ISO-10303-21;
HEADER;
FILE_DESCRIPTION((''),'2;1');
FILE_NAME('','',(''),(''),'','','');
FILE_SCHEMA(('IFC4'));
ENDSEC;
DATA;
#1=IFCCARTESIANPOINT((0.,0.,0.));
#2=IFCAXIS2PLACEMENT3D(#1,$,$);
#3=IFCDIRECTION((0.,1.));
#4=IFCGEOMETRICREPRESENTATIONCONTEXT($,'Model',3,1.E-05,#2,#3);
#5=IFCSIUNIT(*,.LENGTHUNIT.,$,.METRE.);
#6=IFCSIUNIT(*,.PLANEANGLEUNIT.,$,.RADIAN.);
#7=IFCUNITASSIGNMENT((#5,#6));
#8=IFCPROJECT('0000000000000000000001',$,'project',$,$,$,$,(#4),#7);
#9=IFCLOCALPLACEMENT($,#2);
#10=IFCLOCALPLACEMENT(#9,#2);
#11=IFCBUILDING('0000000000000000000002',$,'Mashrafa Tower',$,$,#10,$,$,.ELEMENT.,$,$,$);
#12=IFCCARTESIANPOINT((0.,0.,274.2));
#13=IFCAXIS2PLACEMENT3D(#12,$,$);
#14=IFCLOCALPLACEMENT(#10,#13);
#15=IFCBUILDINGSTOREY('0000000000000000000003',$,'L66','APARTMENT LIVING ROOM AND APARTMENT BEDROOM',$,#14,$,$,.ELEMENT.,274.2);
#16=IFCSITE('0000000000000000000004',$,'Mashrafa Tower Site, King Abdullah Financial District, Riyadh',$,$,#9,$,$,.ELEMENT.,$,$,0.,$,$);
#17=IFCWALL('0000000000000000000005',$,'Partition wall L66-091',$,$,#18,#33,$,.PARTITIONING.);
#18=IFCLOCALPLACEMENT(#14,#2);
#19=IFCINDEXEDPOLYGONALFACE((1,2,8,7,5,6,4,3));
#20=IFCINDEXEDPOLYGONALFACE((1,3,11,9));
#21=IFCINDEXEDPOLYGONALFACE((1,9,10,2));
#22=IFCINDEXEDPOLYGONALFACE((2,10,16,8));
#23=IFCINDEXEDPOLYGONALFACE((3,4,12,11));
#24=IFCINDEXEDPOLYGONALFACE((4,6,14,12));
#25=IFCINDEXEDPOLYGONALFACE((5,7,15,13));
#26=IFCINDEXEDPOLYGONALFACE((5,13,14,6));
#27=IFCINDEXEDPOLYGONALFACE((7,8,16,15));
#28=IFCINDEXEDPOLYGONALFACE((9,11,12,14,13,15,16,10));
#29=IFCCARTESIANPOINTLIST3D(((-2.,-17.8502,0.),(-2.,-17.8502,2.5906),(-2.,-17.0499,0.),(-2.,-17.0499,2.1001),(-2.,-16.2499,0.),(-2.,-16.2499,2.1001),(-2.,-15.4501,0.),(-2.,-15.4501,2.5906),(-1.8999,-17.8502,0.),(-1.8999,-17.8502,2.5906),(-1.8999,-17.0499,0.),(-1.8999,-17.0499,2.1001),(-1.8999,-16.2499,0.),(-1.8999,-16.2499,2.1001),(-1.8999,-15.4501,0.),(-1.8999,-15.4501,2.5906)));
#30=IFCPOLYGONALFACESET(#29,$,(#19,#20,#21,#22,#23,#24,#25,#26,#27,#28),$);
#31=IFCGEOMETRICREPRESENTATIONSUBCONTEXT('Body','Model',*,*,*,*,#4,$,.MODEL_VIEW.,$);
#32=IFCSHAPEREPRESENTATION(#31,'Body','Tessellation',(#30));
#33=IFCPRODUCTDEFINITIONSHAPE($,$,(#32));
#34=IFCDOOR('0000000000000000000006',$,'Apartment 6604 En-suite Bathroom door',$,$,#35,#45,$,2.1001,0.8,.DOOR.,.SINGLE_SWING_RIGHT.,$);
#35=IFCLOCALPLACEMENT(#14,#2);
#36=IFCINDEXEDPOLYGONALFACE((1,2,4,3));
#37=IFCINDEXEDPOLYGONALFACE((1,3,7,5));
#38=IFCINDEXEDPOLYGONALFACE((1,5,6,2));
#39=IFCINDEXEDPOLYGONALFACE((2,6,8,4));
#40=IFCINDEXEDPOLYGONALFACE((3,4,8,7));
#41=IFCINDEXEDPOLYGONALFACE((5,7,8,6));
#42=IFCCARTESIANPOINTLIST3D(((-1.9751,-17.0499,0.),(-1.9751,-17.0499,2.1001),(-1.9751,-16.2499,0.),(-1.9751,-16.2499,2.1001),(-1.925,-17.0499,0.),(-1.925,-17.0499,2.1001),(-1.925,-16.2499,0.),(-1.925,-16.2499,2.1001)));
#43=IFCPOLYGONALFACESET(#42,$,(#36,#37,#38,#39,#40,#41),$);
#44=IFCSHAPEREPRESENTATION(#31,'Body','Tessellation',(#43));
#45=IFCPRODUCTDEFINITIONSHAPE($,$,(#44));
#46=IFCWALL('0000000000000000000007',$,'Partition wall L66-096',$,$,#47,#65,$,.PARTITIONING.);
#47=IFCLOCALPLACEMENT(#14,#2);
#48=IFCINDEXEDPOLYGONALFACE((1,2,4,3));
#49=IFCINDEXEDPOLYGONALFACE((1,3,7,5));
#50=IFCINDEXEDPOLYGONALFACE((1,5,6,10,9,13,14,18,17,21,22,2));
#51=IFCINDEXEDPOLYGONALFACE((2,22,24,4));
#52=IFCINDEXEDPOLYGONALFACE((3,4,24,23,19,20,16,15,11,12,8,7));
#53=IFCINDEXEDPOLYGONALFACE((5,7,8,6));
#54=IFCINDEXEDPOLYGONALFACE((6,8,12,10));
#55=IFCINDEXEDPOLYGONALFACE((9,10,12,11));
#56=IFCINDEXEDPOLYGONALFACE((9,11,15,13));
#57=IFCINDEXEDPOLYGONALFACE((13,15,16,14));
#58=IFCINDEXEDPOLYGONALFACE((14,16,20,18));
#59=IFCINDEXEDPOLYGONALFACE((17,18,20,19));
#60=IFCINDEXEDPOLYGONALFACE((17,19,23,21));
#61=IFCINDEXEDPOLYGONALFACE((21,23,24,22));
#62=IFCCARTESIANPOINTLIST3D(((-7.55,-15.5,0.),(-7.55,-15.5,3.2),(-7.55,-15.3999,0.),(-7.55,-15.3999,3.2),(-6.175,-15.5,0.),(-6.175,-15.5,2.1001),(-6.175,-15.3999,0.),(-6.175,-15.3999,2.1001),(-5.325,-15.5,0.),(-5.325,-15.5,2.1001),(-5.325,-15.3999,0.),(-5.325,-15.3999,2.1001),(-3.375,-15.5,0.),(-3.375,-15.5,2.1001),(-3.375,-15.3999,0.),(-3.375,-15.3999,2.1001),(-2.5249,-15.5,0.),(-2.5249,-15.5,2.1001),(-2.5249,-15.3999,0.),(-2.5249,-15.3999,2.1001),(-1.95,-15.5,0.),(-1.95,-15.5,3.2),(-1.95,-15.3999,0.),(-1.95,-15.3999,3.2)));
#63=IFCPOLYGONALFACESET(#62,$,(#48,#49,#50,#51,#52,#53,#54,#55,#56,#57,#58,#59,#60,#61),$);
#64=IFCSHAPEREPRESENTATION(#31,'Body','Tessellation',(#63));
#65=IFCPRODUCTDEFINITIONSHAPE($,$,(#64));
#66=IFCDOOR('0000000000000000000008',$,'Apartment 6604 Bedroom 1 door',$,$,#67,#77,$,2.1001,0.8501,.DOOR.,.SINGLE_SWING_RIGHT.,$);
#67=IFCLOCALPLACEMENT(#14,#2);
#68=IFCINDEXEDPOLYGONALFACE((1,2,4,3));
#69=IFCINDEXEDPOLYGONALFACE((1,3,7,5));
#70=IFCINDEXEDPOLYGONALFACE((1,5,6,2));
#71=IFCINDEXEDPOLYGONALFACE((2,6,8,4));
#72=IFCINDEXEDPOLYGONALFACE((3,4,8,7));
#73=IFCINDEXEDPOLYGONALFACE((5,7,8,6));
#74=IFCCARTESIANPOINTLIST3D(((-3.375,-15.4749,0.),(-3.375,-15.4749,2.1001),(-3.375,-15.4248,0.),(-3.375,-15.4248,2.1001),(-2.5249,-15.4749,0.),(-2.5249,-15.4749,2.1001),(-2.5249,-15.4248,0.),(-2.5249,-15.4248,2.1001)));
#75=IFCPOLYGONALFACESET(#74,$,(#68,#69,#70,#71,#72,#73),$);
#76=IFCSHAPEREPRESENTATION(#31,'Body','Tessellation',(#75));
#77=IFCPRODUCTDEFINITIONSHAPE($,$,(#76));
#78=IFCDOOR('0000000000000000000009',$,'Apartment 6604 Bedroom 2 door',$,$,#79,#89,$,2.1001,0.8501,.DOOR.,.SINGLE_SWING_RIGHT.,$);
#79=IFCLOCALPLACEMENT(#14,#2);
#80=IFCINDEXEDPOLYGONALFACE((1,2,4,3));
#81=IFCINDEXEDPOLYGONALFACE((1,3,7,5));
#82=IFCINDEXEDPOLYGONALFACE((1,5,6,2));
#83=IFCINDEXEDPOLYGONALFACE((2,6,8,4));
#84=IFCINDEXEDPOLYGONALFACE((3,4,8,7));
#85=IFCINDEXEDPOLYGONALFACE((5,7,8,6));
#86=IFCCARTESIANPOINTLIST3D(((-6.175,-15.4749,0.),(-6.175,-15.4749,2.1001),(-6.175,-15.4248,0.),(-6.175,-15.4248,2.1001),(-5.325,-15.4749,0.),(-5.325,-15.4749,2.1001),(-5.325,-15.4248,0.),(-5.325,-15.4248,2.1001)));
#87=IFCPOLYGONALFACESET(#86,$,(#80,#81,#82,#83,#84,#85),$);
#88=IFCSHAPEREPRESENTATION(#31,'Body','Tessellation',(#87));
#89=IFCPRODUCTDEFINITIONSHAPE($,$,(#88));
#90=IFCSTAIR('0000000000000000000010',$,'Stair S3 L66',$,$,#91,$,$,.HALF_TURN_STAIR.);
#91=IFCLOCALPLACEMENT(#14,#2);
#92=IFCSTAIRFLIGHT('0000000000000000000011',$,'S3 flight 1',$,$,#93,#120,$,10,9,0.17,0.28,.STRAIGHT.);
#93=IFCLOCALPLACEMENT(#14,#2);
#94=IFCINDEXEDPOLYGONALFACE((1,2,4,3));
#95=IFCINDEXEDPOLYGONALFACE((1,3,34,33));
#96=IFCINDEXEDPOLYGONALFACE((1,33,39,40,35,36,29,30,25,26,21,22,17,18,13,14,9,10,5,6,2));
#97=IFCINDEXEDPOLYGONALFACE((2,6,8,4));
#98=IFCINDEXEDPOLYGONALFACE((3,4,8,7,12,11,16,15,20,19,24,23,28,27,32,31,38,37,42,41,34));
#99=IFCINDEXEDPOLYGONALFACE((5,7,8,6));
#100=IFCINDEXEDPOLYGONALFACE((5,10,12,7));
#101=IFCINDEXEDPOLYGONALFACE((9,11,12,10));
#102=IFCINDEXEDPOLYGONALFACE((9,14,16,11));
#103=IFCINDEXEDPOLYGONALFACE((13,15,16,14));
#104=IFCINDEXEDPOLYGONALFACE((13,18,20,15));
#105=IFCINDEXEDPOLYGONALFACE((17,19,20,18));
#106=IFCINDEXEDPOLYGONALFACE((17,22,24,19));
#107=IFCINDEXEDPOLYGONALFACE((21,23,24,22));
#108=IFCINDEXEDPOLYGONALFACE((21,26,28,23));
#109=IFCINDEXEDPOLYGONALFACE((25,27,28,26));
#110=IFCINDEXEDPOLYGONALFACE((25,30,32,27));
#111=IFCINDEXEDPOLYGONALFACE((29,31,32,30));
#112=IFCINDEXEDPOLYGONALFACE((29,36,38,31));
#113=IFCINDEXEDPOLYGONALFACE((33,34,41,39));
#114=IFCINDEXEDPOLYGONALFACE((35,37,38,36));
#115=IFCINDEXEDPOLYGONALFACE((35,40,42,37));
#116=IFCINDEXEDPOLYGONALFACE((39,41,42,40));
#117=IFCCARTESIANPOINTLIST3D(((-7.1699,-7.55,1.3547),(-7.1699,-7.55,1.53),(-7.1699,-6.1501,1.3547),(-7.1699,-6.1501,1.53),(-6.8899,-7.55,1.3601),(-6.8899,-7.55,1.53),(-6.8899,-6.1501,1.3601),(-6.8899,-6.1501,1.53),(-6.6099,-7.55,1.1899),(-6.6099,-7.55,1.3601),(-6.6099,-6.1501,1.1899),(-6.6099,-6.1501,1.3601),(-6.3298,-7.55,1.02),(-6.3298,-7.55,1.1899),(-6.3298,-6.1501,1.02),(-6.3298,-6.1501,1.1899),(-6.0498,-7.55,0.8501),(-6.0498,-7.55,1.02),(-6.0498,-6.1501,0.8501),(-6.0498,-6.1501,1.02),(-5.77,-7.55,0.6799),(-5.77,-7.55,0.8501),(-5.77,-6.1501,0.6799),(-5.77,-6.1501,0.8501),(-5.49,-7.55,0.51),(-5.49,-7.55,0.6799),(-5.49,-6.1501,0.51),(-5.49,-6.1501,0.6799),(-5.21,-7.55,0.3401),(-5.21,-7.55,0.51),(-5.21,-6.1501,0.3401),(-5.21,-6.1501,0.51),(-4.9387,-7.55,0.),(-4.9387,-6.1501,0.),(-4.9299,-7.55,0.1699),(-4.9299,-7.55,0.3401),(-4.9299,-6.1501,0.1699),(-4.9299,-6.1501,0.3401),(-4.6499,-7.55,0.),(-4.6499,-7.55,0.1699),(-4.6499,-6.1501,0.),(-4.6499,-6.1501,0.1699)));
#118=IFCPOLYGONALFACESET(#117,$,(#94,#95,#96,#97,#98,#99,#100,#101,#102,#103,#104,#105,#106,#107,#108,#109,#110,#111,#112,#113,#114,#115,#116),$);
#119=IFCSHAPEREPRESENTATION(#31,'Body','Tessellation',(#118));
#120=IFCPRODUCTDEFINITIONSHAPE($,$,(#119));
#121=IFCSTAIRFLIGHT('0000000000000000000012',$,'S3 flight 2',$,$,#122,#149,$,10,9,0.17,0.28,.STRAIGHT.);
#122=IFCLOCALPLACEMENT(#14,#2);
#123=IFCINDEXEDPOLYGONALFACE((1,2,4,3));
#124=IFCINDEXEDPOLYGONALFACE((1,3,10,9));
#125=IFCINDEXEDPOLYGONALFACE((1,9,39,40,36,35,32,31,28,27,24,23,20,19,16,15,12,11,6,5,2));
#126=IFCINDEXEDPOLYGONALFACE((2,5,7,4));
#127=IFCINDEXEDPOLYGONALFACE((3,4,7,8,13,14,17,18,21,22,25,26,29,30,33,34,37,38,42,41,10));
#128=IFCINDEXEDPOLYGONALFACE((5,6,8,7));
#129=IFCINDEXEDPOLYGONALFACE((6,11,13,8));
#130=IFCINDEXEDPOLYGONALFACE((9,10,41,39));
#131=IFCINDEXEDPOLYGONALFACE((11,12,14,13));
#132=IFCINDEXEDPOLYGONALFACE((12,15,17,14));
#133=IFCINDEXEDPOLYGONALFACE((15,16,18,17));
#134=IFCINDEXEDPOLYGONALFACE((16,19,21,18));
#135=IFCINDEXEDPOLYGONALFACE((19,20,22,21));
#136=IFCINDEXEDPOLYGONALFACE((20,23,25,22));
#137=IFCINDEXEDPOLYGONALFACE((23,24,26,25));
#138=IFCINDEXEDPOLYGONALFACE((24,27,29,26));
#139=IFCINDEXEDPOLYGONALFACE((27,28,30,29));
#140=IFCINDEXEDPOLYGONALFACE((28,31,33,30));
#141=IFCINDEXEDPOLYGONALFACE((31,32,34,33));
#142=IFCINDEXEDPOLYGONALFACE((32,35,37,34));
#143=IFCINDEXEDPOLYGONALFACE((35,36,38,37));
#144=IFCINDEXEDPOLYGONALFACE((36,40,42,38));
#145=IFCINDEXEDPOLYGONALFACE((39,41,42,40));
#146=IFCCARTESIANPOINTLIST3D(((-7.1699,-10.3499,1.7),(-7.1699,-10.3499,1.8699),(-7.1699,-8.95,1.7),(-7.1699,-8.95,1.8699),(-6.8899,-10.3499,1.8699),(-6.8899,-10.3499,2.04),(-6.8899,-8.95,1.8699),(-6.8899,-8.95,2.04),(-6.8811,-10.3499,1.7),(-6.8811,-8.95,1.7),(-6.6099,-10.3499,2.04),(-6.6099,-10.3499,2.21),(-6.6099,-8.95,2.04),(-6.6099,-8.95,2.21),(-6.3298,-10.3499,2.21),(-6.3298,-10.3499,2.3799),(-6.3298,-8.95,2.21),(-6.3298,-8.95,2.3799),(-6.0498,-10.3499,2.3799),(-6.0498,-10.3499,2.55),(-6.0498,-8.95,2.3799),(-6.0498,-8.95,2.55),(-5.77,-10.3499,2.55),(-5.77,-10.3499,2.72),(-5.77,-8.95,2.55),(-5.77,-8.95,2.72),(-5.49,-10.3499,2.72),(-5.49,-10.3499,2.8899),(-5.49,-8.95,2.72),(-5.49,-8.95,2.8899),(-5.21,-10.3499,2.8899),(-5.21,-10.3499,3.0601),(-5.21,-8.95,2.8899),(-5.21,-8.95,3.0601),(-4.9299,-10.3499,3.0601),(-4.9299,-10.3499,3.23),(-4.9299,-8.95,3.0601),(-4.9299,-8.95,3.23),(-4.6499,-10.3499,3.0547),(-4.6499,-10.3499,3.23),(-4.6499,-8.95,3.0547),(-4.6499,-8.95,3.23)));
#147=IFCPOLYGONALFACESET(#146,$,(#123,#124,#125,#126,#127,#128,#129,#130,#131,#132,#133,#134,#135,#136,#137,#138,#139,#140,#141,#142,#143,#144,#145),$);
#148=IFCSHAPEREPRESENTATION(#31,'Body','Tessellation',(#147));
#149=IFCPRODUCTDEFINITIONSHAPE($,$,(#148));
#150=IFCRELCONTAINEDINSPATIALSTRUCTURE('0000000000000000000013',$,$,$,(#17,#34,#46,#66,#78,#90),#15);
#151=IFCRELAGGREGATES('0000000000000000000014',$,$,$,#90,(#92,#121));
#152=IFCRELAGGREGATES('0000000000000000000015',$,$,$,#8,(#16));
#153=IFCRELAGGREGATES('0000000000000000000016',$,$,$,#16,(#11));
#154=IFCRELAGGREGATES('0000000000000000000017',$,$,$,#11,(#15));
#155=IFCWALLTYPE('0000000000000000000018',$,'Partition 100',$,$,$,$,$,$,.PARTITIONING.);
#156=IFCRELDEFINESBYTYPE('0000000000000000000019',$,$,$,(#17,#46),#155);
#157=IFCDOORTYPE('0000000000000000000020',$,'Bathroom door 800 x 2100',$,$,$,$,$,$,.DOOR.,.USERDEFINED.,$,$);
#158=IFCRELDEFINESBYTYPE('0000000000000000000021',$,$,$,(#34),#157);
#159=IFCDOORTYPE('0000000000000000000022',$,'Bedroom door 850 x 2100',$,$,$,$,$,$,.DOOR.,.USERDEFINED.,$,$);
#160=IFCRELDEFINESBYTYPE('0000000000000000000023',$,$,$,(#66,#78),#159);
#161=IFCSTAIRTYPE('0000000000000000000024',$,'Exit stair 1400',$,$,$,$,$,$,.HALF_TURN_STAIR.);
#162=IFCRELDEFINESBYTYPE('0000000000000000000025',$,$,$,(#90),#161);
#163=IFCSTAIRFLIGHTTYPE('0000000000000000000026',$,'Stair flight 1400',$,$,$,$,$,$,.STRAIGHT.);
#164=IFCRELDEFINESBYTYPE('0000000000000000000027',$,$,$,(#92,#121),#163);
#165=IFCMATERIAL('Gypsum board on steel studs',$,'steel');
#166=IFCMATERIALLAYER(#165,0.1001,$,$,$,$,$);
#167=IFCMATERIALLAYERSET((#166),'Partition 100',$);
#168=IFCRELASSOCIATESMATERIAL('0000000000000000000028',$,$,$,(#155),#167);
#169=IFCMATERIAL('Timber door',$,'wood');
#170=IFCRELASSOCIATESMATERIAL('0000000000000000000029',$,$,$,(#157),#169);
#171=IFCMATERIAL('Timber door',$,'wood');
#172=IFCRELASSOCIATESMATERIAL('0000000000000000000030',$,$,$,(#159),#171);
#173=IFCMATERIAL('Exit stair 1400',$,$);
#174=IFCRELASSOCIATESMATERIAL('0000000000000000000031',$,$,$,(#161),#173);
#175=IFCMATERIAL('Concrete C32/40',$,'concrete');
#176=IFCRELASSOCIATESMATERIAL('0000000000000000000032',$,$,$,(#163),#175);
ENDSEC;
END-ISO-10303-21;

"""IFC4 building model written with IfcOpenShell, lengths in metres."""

from ifc_helpers import new_model, si_unit, direction, frame, frame_2d, origin, place, context, subcontext, project, spatial, polyline, rectangle, outline, extrude, material, layer, layer_set, type_object, element, fill, aggregate, save


model = new_model("IFC4")

# Units and contexts
model_context = context("Model", 3, precision=1e-05, world=origin(), true_north=direction((0.0, 1.0)))
body_context = subcontext(model_context, "Body", "Model", "MODEL_VIEW")
ifc_project = project(units=[si_unit("LENGTHUNIT", "METRE"), si_unit("PLANEANGLEUNIT", "RADIAN")], contexts=[model_context])

# Site, building, storey
site_placement = place(None, origin())
site = spatial("IfcSite", under=ifc_project, at=site_placement, Name="Mashrafa Tower Site, King Abdullah Financial District, Riyadh", CompositionType="ELEMENT", RefElevation=0.0)
building_placement = place(site_placement, origin())
building = spatial("IfcBuilding", under=site, at=building_placement, Name="Mashrafa Tower", CompositionType="ELEMENT")
storey_placement = place(building_placement, frame((0.0, 0.0, 274.2)))
storey = spatial("IfcBuildingStorey", under=building, at=storey_placement, Name="L66", Description="APARTMENT LIVING ROOM AND APARTMENT BEDROOM", CompositionType="ELEMENT", Elevation=274.2)

# Wall, opening, door
ifc_material_1 = material(Name="Gypsum board on steel studs", Category="steel")
ifc_layer_1 = layer(ifc_material_1, 0.1001)
ifc_layer_set_1 = layer_set([ifc_layer_1], Name="Partition 100")
wall_type_1 = type_object("IfcWallType", Name="Partition 100", PredefinedType="PARTITIONING", material=ifc_layer_set_1)
wall_1_placement = place(storey_placement, frame((-1.95, -15.45, 0.0), z_axis=(0.0, 0.0, 1.0), x_axis=(0.0, -1.0, 0.0)))
wall_1 = element("IfcWall", 1, at=wall_1_placement, inside=storey, type_object=wall_type_1, Name="Partition wall L66-091", PredefinedType="PARTITIONING", context=body_context, shape_type="SweptSolid", body=[
    extrude(rectangle(XDim=2.4001, YDim=0.1001, at=frame_2d((1.2002, 0.0))), origin(), (0.0, 0.0, 1.0), 2.5906),
])
opening_1_placement = place(wall_1_placement, frame((0.8, 0.0, 0.0)))
opening_1 = element("IfcOpeningElement", 2, at=opening_1_placement, cuts=wall_1, PredefinedType="OPENING", context=body_context, shape_type="SweptSolid", body=[
    extrude(rectangle(XDim=0.8, YDim=2.1001, at=frame_2d((0.3999, 1.05))), frame((0.0, 0.0601, 0.0), z_axis=(0.0, -1.0, 0.0), x_axis=(1.0, 0.0, 0.0)), (0.0, 0.0, 1.0), 0.1201),
])
ifc_material_2 = material(Name="Timber door", Category="wood")
door_type_1 = type_object("IfcDoorType", Name="Bathroom door 800 x 2100", OperationType="USERDEFINED", PredefinedType="DOOR", material=ifc_material_2)
door_1_placement = place(opening_1_placement, origin())
door_1 = element("IfcDoor", 3, at=door_1_placement, inside=storey, type_object=door_type_1, Name="Apartment 6604 En-suite Bathroom door", OperationType="SINGLE_SWING_RIGHT", OverallHeight=2.1001, OverallWidth=0.8, PredefinedType="DOOR", context=body_context, shape_type="SweptSolid", body=[
    extrude(rectangle(XDim=0.8, YDim=2.1001, at=frame_2d((0.3999, 1.05))), frame((0.0, 0.0249, 0.0), z_axis=(0.0, -1.0, 0.0), x_axis=(1.0, 0.0, 0.0)), (0.0, 0.0, 1.0), 0.05),
])
fill(opening_1, door_1)

# Wall, openings, doors
wall_2_placement = place(storey_placement, frame((-1.95, -15.45, 0.0), z_axis=(0.0, 0.0, 1.0), x_axis=(-1.0, 0.0, 0.0)))
wall_2 = element("IfcWall", 4, at=wall_2_placement, inside=storey, type_object=wall_type_1, Name="Partition wall L66-096", PredefinedType="PARTITIONING", context=body_context, shape_type="SweptSolid", body=[
    extrude(rectangle(XDim=5.6001, YDim=0.1001, at=frame_2d((2.8, 0.0))), origin(), (0.0, 0.0, 1.0), 3.2),
])
opening_2_placement = place(wall_2_placement, frame((0.575, 0.0, 0.0)))
opening_2 = element("IfcOpeningElement", 5, at=opening_2_placement, cuts=wall_2, PredefinedType="OPENING", context=body_context, shape_type="SweptSolid", body=[
    extrude(rectangle(XDim=0.8501, YDim=2.1001, at=frame_2d((0.425, 1.05))), frame((0.0, 0.0601, 0.0), z_axis=(0.0, -1.0, 0.0), x_axis=(1.0, 0.0, 0.0)), (0.0, 0.0, 1.0), 0.1201),
])
opening_3_placement = place(wall_2_placement, frame((3.375, 0.0, 0.0)))
opening_3 = element("IfcOpeningElement", 6, at=opening_3_placement, cuts=wall_2, PredefinedType="OPENING", context=body_context, shape_type="SweptSolid", body=[
    extrude(rectangle(XDim=0.8501, YDim=2.1001, at=frame_2d((0.425, 1.05))), frame((0.0, 0.0601, 0.0), z_axis=(0.0, -1.0, 0.0), x_axis=(1.0, 0.0, 0.0)), (0.0, 0.0, 1.0), 0.1201),
])
ifc_material_3 = material(Name="Timber door", Category="wood")
door_type_2 = type_object("IfcDoorType", Name="Bedroom door 850 x 2100", OperationType="USERDEFINED", PredefinedType="DOOR", material=ifc_material_3)
door_2_placement = place(opening_2_placement, origin())
door_2 = element("IfcDoor", 7, at=door_2_placement, inside=storey, type_object=door_type_2, Name="Apartment 6604 Bedroom 1 door", OperationType="SINGLE_SWING_RIGHT", OverallHeight=2.1001, OverallWidth=0.8501, PredefinedType="DOOR", context=body_context, shape_type="SweptSolid", body=[
    extrude(rectangle(XDim=0.8501, YDim=2.1001, at=frame_2d((0.425, 1.05))), frame((0.0, 0.0249, 0.0), z_axis=(0.0, -1.0, 0.0), x_axis=(1.0, 0.0, 0.0)), (0.0, 0.0, 1.0), 0.05),
])
fill(opening_2, door_2)
door_3_placement = place(opening_3_placement, origin())
door_3 = element("IfcDoor", 8, at=door_3_placement, inside=storey, type_object=door_type_2, Name="Apartment 6604 Bedroom 2 door", OperationType="SINGLE_SWING_RIGHT", OverallHeight=2.1001, OverallWidth=0.8501, PredefinedType="DOOR", context=body_context, shape_type="SweptSolid", body=[
    extrude(rectangle(XDim=0.8501, YDim=2.1001, at=frame_2d((0.425, 1.05))), frame((0.0, 0.0249, 0.0), z_axis=(0.0, -1.0, 0.0), x_axis=(1.0, 0.0, 0.0)), (0.0, 0.0, 1.0), 0.05),
])
fill(opening_3, door_3)

# Stair, stair flights
ifc_material_4 = material(Name="Exit stair 1400")
stair_type = type_object("IfcStairType", Name="Exit stair 1400", PredefinedType="HALF_TURN_STAIR", material=ifc_material_4)
stair_placement = place(storey_placement, origin())
stair = element("IfcStair", 9, at=stair_placement, inside=storey, type_object=stair_type, Name="Stair S3 L66", PredefinedType="HALF_TURN_STAIR")
ifc_material_5 = material(Name="Concrete C32/40", Category="concrete")
stair_flight_type = type_object("IfcStairFlightType", Name="Stair flight 1400", PredefinedType="STRAIGHT", material=ifc_material_5)
stair_flight_1_placement = place(storey_placement, frame((-4.6499, -6.8501, 0.0), z_axis=(0.0, 0.0, 1.0), x_axis=(-1.0, 0.0, 0.0)))
stair_flight_1 = element("IfcStairFlight", 10, at=stair_flight_1_placement, type_object=stair_flight_type, Name="S3 flight 1", NumberOfRisers=10, NumberOfTreads=9, PredefinedType="STRAIGHT", RiserHeight=0.17, TreadLength=0.28, context=body_context, shape_type="SweptSolid", body=[
    extrude(outline(polyline([(0.0, 0.0), (0.0, 0.1699), (0.28, 0.1699), (0.28, 0.3401), (0.5601, 0.3401), (0.5601, 0.51), (0.8401, 0.51), (0.8401, 0.6799), (1.1201, 0.6799), (1.1201, 0.8501), (1.3999, 0.8501), (1.3999, 1.02), (1.6799, 1.02), (1.6799, 1.1899), (1.96, 1.1899), (1.96, 1.3601), (2.24, 1.3601), (2.24, 1.53), (2.52, 1.53), (2.52, 1.7), (2.52, 1.3547), (0.2888, 0.0), (0.0, 0.0)])), frame((0.0, 0.7, 0.0), z_axis=(0.0, -1.0, 0.0), x_axis=(1.0, 0.0, 0.0)), (0.0, 0.0, 1.0), 1.3999),
])
stair_flight_2_placement = place(storey_placement, frame((-7.1699, -9.6499, 1.7), z_axis=(0.0, 0.0, 1.0), x_axis=(1.0, 0.0, 0.0)))
stair_flight_2 = element("IfcStairFlight", 11, at=stair_flight_2_placement, type_object=stair_flight_type, Name="S3 flight 2", NumberOfRisers=10, NumberOfTreads=9, PredefinedType="STRAIGHT", RiserHeight=0.17, TreadLength=0.28, context=body_context, shape_type="SweptSolid", body=[
    extrude(outline(polyline([(0.0, 0.0), (0.0, 0.1699), (0.28, 0.1699), (0.28, 0.3401), (0.5601, 0.3401), (0.5601, 0.51), (0.8401, 0.51), (0.8401, 0.6799), (1.1201, 0.6799), (1.1201, 0.8501), (1.3999, 0.8501), (1.3999, 1.02), (1.6799, 1.02), (1.6799, 1.1899), (1.96, 1.1899), (1.96, 1.3601), (2.24, 1.3601), (2.24, 1.53), (2.52, 1.53), (2.52, 1.7), (2.52, 1.3547), (0.2888, 0.0), (0.0, 0.0)])), frame((0.0, 0.7, 0.0), z_axis=(0.0, -1.0, 0.0), x_axis=(1.0, 0.0, 0.0)), (0.0, 0.0, 1.0), 1.3999),
])
aggregate(stair, [stair_flight_1, stair_flight_2])

save(model, "model.ifc")
